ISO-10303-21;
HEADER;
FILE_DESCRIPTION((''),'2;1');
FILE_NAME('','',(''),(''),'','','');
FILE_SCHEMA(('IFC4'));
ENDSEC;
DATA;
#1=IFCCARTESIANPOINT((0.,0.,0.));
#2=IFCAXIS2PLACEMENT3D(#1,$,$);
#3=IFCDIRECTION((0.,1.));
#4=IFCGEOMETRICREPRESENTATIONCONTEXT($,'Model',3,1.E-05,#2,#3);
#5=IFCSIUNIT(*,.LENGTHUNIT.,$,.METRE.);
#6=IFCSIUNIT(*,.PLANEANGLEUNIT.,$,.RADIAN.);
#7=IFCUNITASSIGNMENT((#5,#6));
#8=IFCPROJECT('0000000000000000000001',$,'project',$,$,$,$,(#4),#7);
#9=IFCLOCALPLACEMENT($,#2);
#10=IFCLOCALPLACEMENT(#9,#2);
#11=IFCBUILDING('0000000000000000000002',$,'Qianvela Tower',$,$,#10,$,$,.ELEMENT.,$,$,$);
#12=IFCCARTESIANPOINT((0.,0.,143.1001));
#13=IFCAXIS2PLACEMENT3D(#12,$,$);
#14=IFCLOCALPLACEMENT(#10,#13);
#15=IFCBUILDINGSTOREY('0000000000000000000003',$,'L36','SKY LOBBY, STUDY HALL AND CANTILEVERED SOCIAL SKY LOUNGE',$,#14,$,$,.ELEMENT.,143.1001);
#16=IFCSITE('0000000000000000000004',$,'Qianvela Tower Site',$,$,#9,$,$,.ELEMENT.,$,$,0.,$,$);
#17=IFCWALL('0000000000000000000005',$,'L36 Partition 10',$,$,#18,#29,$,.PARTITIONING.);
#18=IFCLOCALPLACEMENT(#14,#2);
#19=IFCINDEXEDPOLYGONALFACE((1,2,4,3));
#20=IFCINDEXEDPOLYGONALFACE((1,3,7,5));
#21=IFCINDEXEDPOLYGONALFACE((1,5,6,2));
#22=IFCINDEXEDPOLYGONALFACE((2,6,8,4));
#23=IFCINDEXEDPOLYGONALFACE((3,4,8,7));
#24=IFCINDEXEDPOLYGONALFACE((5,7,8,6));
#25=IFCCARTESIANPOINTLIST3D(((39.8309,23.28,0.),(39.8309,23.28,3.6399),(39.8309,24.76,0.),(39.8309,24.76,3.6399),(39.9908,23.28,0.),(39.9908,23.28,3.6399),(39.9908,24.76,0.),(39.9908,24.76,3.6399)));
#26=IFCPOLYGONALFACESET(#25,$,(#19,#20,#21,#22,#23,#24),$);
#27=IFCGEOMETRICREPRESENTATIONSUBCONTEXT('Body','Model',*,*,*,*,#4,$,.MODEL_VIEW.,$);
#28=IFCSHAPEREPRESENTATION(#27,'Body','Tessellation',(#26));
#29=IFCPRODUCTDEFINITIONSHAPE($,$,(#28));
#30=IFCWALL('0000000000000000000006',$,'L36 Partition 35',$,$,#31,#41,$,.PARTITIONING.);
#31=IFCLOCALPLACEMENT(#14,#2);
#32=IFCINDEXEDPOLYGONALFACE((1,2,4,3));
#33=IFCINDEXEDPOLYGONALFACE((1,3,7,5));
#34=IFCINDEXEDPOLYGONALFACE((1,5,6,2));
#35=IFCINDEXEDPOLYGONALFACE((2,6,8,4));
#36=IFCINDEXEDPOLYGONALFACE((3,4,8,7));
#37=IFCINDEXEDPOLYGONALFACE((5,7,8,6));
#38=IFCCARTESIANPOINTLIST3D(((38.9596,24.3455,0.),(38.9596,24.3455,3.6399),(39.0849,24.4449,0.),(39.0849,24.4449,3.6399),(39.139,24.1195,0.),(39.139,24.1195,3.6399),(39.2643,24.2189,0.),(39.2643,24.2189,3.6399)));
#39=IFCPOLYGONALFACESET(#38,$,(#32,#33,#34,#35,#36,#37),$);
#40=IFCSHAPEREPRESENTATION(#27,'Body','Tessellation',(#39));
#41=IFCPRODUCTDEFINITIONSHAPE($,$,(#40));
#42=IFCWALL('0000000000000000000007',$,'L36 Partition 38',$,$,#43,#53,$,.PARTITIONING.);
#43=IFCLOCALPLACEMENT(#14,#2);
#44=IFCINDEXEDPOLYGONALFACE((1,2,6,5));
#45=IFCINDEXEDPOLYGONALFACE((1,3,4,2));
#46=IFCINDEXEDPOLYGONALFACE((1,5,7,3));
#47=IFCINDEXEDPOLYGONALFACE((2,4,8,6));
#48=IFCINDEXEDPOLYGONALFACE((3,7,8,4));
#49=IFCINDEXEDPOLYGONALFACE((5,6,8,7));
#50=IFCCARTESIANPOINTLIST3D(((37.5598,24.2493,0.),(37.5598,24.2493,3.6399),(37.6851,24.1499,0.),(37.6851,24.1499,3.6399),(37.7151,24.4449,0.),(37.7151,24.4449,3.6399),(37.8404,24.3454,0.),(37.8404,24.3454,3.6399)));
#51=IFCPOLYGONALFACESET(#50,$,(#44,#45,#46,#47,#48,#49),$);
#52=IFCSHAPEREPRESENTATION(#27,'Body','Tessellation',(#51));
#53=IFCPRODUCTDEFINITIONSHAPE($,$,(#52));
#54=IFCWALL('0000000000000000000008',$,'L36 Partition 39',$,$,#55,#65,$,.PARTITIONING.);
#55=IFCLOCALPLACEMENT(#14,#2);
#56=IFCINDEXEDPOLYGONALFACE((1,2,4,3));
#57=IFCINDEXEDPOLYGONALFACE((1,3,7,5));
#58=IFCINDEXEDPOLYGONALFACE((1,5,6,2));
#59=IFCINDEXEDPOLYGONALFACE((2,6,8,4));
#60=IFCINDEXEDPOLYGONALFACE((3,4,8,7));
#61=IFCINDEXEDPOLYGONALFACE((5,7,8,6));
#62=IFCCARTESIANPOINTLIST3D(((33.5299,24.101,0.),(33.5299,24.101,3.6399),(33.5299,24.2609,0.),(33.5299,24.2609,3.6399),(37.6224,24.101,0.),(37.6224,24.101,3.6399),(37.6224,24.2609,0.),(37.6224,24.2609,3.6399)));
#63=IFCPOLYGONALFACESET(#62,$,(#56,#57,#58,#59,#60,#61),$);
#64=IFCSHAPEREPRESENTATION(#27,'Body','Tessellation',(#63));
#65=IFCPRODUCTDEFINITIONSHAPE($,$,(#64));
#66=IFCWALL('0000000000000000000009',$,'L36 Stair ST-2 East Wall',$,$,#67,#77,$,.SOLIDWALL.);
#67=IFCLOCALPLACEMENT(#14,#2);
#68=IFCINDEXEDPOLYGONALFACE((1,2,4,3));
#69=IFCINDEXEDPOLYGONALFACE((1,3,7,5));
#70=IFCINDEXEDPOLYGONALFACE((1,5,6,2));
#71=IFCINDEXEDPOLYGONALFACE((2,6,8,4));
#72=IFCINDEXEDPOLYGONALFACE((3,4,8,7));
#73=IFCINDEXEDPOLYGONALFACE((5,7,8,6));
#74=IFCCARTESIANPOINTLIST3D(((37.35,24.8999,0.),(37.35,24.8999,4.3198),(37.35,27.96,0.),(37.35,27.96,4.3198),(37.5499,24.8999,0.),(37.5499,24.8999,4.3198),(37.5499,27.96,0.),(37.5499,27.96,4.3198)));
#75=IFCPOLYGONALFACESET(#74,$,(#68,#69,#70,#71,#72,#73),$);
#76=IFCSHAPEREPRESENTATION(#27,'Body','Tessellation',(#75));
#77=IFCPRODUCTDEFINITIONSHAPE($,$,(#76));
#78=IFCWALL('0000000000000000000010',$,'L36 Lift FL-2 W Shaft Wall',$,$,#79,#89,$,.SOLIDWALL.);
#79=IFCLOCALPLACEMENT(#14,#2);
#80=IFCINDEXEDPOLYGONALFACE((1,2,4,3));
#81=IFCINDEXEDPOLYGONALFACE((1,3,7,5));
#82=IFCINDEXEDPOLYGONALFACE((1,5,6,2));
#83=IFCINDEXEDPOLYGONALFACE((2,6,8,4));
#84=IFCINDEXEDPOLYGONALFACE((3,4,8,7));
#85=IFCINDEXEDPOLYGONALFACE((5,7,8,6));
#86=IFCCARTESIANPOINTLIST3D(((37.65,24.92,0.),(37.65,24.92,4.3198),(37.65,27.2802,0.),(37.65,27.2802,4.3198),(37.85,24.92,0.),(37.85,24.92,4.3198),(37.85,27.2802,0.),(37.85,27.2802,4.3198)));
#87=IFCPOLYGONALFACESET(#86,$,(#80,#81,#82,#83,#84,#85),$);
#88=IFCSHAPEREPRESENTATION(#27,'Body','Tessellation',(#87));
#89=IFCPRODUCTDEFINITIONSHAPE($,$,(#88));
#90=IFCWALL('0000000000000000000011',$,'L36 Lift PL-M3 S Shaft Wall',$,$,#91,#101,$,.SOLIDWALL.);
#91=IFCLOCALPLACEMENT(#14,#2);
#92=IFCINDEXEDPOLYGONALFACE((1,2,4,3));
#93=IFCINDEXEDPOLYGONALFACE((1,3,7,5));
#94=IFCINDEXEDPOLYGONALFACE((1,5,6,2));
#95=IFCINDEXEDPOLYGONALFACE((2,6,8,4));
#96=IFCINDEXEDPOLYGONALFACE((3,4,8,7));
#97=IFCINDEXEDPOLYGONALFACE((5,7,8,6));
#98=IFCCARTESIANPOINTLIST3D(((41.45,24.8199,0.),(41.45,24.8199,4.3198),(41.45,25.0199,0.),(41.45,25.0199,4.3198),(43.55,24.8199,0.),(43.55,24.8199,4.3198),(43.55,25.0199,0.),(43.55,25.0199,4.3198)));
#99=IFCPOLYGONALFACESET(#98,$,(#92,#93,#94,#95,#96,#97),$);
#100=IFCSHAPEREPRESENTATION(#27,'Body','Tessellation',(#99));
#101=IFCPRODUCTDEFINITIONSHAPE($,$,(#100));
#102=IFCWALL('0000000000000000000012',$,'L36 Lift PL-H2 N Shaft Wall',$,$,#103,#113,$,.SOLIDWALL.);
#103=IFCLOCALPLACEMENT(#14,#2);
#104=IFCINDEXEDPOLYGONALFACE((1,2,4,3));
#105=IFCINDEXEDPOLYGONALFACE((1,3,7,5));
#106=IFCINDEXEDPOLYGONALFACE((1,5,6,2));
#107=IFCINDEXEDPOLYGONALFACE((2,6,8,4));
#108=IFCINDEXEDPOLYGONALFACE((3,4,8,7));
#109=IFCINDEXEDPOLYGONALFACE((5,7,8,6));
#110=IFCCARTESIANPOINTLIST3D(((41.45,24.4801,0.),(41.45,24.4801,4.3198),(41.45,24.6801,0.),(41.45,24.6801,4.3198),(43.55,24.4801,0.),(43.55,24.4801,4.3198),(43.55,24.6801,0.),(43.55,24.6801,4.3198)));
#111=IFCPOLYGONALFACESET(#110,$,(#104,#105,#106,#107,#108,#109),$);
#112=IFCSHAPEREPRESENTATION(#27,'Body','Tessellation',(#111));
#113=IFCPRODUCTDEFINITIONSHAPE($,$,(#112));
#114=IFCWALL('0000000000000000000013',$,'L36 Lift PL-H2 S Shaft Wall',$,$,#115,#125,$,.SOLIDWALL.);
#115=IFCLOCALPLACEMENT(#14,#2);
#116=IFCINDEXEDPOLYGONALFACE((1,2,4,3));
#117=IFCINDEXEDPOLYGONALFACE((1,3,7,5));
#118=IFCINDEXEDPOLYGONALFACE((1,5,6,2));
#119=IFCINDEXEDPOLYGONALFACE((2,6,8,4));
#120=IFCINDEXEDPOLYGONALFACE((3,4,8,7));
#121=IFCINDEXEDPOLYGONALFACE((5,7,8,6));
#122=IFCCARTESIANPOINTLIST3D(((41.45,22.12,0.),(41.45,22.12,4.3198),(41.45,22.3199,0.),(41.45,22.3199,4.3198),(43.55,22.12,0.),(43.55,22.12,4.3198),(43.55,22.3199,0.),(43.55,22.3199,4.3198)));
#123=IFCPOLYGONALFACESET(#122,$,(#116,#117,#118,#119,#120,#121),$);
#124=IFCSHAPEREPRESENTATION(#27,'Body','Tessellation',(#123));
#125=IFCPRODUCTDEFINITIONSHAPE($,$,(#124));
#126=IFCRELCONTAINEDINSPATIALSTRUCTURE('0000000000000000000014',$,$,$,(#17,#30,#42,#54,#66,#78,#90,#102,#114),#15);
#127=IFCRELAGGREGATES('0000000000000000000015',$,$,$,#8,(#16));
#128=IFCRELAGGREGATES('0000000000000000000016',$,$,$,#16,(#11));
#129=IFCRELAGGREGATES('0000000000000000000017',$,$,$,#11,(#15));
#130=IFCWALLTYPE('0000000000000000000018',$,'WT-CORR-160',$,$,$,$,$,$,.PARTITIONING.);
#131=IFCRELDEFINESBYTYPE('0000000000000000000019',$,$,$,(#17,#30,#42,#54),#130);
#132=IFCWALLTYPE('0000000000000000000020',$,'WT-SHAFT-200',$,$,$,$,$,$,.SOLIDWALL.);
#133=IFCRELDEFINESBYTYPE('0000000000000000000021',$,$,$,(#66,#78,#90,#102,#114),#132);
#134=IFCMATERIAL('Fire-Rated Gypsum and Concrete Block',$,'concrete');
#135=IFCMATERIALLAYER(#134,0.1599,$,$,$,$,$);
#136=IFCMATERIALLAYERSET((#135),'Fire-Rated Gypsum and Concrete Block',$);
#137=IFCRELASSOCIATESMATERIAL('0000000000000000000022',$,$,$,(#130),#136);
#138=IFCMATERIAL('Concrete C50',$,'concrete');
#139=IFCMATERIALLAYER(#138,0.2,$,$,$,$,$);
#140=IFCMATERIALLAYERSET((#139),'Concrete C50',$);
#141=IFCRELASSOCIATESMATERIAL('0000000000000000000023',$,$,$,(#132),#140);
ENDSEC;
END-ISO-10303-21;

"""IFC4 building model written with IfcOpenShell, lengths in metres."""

from ifc_helpers import new_model, si_unit, direction, frame, frame_2d, origin, place, context, subcontext, project, spatial, rectangle, extrude, material, layer, layer_set, type_object, element, save


model = new_model("IFC4")

# Units and contexts
model_context = context("Model", 3, precision=1e-05, world=origin(), true_north=direction((0.0, 1.0)))
body_context = subcontext(model_context, "Body", "Model", "MODEL_VIEW")
ifc_project = project(units=[si_unit("LENGTHUNIT", "METRE"), si_unit("PLANEANGLEUNIT", "RADIAN")], contexts=[model_context])

# Site, building, storey
site_placement = place(None, origin())
site = spatial("IfcSite", under=ifc_project, at=site_placement, Name="Qianvela Tower Site", CompositionType="ELEMENT", RefElevation=0.0)
building_placement = place(site_placement, origin())
building = spatial("IfcBuilding", under=site, at=building_placement, Name="Qianvela Tower", CompositionType="ELEMENT")
storey_placement = place(building_placement, frame((0.0, 0.0, 143.1001)))
storey = spatial("IfcBuildingStorey", under=building, at=storey_placement, Name="L36", Description="SKY LOBBY, STUDY HALL AND CANTILEVERED SOCIAL SKY LOUNGE", CompositionType="ELEMENT", Elevation=143.1001)

# Walls
ifc_material_1 = material(Name="Fire-Rated Gypsum and Concrete Block", Category="concrete")
ifc_layer_1 = layer(ifc_material_1, 0.1599)
ifc_layer_set_1 = layer_set([ifc_layer_1], Name="Fire-Rated Gypsum and Concrete Block")
wall_type_1 = type_object("IfcWallType", Name="WT-CORR-160", PredefinedType="PARTITIONING", material=ifc_layer_set_1)
wall_1_placement = place(storey_placement, frame((39.9109, 23.28, 0.0), z_axis=(0.0, 0.0, 1.0), x_axis=(0.0, 1.0, 0.0)))
element("IfcWall", 1, at=wall_1_placement, inside=storey, type_object=wall_type_1, Name="L36 Partition 10", PredefinedType="PARTITIONING", context=body_context, shape_type="SweptSolid", body=[
    extrude(rectangle(XDim=1.48, YDim=0.1599, at=frame_2d((0.74, 0.0))), origin(), (0.0, 0.0, 1.0), 3.6399),
])
wall_2_placement = place(storey_placement, frame((39.2017, 24.1692, 0.0), z_axis=(0.0, 0.0, 1.0), x_axis=(-0.621699, 0.783256, 0.0)))
element("IfcWall", 2, at=wall_2_placement, inside=storey, type_object=wall_type_1, Name="L36 Partition 35", PredefinedType="PARTITIONING", context=body_context, shape_type="SweptSolid", body=[
    extrude(rectangle(XDim=0.2886, YDim=0.1599, at=frame_2d((0.1443, 0.0))), origin(), (0.0, 0.0, 1.0), 3.6399),
])
wall_3_placement = place(storey_placement, frame((37.7778, 24.3953, 0.0), z_axis=(0.0, 0.0, 1.0), x_axis=(-0.621829, -0.783153, 0.0)))
element("IfcWall", 3, at=wall_3_placement, inside=storey, type_object=wall_type_1, Name="L36 Partition 38", PredefinedType="PARTITIONING", context=body_context, shape_type="SweptSolid", body=[
    extrude(rectangle(XDim=0.2498, YDim=0.1599, at=frame_2d((0.125, 0.0))), origin(), (0.0, 0.0, 1.0), 3.6399),
])
wall_4_placement = place(storey_placement, frame((37.6226, 24.1809, 0.0), z_axis=(0.0, 0.0, 1.0), x_axis=(-1.0, 0.0, 0.0)))
element("IfcWall", 4, at=wall_4_placement, inside=storey, type_object=wall_type_1, Name="L36 Partition 39", PredefinedType="PARTITIONING", context=body_context, shape_type="SweptSolid", body=[
    extrude(rectangle(XDim=4.0925, YDim=0.1599, at=frame_2d((2.0464, 0.0))), origin(), (0.0, 0.0, 1.0), 3.6399),
])
ifc_material_2 = material(Name="Concrete C50", Category="concrete")
ifc_layer_2 = layer(ifc_material_2, 0.2)
ifc_layer_set_2 = layer_set([ifc_layer_2], Name="Concrete C50")
wall_type_2 = type_object("IfcWallType", Name="WT-SHAFT-200", PredefinedType="SOLIDWALL", material=ifc_layer_set_2)
wall_5_placement = place(storey_placement, frame((37.45, 24.8999, 0.0), z_axis=(0.0, 0.0, 1.0), x_axis=(0.0, 1.0, 0.0)))
element("IfcWall", 5, at=wall_5_placement, inside=storey, type_object=wall_type_2, Name="L36 Stair ST-2 East Wall", PredefinedType="SOLIDWALL", context=body_context, shape_type="SweptSolid", body=[
    extrude(rectangle(XDim=3.0601, YDim=0.2, at=frame_2d((1.53, 0.0))), origin(), (0.0, 0.0, 1.0), 4.3198),
])

# Wall
wall_6_placement = place(storey_placement, frame((37.75, 24.9199, 0.0), z_axis=(0.0, 0.0, 1.0), x_axis=(0.0, 1.0, 0.0)))
element("IfcWall", 6, at=wall_6_placement, inside=storey, type_object=wall_type_2, Name="L36 Lift FL-2 W Shaft Wall", PredefinedType="SOLIDWALL", context=body_context, shape_type="SweptSolid", body=[
    extrude(rectangle(XDim=2.3601, YDim=0.2, at=frame_2d((1.1802, 0.0))), origin(), (0.0, 0.0, 1.0), 4.3198),
])

# Walls
for number, where, z_axis, x_axis, name in (
    (7, (41.45, 24.9199, 0.0), (0.0, 0.0, 1.0), (1.0, 0.0, 0.0), "L36 Lift PL-M3 S Shaft Wall"),
    (8, (41.45, 24.5801, 0.0), (0.0, 0.0, 1.0), (1.0, 0.0, 0.0), "L36 Lift PL-H2 N Shaft Wall"),
    (9, (41.45, 22.22, 0.0), (0.0, 0.0, 1.0), (1.0, 0.0, 0.0), "L36 Lift PL-H2 S Shaft Wall"),
):
    element("IfcWall", number, at=place(storey_placement, frame(where, z_axis=z_axis, x_axis=x_axis)), inside=storey, type_object=wall_type_2, Name=name, PredefinedType="SOLIDWALL", context=body_context, shape_type="SweptSolid", body=[
        extrude(rectangle(XDim=2.1001, YDim=0.2, at=frame_2d((1.05, 0.0))), origin(), (0.0, 0.0, 1.0), 4.3198),
    ])

save(model, "model.ifc")
